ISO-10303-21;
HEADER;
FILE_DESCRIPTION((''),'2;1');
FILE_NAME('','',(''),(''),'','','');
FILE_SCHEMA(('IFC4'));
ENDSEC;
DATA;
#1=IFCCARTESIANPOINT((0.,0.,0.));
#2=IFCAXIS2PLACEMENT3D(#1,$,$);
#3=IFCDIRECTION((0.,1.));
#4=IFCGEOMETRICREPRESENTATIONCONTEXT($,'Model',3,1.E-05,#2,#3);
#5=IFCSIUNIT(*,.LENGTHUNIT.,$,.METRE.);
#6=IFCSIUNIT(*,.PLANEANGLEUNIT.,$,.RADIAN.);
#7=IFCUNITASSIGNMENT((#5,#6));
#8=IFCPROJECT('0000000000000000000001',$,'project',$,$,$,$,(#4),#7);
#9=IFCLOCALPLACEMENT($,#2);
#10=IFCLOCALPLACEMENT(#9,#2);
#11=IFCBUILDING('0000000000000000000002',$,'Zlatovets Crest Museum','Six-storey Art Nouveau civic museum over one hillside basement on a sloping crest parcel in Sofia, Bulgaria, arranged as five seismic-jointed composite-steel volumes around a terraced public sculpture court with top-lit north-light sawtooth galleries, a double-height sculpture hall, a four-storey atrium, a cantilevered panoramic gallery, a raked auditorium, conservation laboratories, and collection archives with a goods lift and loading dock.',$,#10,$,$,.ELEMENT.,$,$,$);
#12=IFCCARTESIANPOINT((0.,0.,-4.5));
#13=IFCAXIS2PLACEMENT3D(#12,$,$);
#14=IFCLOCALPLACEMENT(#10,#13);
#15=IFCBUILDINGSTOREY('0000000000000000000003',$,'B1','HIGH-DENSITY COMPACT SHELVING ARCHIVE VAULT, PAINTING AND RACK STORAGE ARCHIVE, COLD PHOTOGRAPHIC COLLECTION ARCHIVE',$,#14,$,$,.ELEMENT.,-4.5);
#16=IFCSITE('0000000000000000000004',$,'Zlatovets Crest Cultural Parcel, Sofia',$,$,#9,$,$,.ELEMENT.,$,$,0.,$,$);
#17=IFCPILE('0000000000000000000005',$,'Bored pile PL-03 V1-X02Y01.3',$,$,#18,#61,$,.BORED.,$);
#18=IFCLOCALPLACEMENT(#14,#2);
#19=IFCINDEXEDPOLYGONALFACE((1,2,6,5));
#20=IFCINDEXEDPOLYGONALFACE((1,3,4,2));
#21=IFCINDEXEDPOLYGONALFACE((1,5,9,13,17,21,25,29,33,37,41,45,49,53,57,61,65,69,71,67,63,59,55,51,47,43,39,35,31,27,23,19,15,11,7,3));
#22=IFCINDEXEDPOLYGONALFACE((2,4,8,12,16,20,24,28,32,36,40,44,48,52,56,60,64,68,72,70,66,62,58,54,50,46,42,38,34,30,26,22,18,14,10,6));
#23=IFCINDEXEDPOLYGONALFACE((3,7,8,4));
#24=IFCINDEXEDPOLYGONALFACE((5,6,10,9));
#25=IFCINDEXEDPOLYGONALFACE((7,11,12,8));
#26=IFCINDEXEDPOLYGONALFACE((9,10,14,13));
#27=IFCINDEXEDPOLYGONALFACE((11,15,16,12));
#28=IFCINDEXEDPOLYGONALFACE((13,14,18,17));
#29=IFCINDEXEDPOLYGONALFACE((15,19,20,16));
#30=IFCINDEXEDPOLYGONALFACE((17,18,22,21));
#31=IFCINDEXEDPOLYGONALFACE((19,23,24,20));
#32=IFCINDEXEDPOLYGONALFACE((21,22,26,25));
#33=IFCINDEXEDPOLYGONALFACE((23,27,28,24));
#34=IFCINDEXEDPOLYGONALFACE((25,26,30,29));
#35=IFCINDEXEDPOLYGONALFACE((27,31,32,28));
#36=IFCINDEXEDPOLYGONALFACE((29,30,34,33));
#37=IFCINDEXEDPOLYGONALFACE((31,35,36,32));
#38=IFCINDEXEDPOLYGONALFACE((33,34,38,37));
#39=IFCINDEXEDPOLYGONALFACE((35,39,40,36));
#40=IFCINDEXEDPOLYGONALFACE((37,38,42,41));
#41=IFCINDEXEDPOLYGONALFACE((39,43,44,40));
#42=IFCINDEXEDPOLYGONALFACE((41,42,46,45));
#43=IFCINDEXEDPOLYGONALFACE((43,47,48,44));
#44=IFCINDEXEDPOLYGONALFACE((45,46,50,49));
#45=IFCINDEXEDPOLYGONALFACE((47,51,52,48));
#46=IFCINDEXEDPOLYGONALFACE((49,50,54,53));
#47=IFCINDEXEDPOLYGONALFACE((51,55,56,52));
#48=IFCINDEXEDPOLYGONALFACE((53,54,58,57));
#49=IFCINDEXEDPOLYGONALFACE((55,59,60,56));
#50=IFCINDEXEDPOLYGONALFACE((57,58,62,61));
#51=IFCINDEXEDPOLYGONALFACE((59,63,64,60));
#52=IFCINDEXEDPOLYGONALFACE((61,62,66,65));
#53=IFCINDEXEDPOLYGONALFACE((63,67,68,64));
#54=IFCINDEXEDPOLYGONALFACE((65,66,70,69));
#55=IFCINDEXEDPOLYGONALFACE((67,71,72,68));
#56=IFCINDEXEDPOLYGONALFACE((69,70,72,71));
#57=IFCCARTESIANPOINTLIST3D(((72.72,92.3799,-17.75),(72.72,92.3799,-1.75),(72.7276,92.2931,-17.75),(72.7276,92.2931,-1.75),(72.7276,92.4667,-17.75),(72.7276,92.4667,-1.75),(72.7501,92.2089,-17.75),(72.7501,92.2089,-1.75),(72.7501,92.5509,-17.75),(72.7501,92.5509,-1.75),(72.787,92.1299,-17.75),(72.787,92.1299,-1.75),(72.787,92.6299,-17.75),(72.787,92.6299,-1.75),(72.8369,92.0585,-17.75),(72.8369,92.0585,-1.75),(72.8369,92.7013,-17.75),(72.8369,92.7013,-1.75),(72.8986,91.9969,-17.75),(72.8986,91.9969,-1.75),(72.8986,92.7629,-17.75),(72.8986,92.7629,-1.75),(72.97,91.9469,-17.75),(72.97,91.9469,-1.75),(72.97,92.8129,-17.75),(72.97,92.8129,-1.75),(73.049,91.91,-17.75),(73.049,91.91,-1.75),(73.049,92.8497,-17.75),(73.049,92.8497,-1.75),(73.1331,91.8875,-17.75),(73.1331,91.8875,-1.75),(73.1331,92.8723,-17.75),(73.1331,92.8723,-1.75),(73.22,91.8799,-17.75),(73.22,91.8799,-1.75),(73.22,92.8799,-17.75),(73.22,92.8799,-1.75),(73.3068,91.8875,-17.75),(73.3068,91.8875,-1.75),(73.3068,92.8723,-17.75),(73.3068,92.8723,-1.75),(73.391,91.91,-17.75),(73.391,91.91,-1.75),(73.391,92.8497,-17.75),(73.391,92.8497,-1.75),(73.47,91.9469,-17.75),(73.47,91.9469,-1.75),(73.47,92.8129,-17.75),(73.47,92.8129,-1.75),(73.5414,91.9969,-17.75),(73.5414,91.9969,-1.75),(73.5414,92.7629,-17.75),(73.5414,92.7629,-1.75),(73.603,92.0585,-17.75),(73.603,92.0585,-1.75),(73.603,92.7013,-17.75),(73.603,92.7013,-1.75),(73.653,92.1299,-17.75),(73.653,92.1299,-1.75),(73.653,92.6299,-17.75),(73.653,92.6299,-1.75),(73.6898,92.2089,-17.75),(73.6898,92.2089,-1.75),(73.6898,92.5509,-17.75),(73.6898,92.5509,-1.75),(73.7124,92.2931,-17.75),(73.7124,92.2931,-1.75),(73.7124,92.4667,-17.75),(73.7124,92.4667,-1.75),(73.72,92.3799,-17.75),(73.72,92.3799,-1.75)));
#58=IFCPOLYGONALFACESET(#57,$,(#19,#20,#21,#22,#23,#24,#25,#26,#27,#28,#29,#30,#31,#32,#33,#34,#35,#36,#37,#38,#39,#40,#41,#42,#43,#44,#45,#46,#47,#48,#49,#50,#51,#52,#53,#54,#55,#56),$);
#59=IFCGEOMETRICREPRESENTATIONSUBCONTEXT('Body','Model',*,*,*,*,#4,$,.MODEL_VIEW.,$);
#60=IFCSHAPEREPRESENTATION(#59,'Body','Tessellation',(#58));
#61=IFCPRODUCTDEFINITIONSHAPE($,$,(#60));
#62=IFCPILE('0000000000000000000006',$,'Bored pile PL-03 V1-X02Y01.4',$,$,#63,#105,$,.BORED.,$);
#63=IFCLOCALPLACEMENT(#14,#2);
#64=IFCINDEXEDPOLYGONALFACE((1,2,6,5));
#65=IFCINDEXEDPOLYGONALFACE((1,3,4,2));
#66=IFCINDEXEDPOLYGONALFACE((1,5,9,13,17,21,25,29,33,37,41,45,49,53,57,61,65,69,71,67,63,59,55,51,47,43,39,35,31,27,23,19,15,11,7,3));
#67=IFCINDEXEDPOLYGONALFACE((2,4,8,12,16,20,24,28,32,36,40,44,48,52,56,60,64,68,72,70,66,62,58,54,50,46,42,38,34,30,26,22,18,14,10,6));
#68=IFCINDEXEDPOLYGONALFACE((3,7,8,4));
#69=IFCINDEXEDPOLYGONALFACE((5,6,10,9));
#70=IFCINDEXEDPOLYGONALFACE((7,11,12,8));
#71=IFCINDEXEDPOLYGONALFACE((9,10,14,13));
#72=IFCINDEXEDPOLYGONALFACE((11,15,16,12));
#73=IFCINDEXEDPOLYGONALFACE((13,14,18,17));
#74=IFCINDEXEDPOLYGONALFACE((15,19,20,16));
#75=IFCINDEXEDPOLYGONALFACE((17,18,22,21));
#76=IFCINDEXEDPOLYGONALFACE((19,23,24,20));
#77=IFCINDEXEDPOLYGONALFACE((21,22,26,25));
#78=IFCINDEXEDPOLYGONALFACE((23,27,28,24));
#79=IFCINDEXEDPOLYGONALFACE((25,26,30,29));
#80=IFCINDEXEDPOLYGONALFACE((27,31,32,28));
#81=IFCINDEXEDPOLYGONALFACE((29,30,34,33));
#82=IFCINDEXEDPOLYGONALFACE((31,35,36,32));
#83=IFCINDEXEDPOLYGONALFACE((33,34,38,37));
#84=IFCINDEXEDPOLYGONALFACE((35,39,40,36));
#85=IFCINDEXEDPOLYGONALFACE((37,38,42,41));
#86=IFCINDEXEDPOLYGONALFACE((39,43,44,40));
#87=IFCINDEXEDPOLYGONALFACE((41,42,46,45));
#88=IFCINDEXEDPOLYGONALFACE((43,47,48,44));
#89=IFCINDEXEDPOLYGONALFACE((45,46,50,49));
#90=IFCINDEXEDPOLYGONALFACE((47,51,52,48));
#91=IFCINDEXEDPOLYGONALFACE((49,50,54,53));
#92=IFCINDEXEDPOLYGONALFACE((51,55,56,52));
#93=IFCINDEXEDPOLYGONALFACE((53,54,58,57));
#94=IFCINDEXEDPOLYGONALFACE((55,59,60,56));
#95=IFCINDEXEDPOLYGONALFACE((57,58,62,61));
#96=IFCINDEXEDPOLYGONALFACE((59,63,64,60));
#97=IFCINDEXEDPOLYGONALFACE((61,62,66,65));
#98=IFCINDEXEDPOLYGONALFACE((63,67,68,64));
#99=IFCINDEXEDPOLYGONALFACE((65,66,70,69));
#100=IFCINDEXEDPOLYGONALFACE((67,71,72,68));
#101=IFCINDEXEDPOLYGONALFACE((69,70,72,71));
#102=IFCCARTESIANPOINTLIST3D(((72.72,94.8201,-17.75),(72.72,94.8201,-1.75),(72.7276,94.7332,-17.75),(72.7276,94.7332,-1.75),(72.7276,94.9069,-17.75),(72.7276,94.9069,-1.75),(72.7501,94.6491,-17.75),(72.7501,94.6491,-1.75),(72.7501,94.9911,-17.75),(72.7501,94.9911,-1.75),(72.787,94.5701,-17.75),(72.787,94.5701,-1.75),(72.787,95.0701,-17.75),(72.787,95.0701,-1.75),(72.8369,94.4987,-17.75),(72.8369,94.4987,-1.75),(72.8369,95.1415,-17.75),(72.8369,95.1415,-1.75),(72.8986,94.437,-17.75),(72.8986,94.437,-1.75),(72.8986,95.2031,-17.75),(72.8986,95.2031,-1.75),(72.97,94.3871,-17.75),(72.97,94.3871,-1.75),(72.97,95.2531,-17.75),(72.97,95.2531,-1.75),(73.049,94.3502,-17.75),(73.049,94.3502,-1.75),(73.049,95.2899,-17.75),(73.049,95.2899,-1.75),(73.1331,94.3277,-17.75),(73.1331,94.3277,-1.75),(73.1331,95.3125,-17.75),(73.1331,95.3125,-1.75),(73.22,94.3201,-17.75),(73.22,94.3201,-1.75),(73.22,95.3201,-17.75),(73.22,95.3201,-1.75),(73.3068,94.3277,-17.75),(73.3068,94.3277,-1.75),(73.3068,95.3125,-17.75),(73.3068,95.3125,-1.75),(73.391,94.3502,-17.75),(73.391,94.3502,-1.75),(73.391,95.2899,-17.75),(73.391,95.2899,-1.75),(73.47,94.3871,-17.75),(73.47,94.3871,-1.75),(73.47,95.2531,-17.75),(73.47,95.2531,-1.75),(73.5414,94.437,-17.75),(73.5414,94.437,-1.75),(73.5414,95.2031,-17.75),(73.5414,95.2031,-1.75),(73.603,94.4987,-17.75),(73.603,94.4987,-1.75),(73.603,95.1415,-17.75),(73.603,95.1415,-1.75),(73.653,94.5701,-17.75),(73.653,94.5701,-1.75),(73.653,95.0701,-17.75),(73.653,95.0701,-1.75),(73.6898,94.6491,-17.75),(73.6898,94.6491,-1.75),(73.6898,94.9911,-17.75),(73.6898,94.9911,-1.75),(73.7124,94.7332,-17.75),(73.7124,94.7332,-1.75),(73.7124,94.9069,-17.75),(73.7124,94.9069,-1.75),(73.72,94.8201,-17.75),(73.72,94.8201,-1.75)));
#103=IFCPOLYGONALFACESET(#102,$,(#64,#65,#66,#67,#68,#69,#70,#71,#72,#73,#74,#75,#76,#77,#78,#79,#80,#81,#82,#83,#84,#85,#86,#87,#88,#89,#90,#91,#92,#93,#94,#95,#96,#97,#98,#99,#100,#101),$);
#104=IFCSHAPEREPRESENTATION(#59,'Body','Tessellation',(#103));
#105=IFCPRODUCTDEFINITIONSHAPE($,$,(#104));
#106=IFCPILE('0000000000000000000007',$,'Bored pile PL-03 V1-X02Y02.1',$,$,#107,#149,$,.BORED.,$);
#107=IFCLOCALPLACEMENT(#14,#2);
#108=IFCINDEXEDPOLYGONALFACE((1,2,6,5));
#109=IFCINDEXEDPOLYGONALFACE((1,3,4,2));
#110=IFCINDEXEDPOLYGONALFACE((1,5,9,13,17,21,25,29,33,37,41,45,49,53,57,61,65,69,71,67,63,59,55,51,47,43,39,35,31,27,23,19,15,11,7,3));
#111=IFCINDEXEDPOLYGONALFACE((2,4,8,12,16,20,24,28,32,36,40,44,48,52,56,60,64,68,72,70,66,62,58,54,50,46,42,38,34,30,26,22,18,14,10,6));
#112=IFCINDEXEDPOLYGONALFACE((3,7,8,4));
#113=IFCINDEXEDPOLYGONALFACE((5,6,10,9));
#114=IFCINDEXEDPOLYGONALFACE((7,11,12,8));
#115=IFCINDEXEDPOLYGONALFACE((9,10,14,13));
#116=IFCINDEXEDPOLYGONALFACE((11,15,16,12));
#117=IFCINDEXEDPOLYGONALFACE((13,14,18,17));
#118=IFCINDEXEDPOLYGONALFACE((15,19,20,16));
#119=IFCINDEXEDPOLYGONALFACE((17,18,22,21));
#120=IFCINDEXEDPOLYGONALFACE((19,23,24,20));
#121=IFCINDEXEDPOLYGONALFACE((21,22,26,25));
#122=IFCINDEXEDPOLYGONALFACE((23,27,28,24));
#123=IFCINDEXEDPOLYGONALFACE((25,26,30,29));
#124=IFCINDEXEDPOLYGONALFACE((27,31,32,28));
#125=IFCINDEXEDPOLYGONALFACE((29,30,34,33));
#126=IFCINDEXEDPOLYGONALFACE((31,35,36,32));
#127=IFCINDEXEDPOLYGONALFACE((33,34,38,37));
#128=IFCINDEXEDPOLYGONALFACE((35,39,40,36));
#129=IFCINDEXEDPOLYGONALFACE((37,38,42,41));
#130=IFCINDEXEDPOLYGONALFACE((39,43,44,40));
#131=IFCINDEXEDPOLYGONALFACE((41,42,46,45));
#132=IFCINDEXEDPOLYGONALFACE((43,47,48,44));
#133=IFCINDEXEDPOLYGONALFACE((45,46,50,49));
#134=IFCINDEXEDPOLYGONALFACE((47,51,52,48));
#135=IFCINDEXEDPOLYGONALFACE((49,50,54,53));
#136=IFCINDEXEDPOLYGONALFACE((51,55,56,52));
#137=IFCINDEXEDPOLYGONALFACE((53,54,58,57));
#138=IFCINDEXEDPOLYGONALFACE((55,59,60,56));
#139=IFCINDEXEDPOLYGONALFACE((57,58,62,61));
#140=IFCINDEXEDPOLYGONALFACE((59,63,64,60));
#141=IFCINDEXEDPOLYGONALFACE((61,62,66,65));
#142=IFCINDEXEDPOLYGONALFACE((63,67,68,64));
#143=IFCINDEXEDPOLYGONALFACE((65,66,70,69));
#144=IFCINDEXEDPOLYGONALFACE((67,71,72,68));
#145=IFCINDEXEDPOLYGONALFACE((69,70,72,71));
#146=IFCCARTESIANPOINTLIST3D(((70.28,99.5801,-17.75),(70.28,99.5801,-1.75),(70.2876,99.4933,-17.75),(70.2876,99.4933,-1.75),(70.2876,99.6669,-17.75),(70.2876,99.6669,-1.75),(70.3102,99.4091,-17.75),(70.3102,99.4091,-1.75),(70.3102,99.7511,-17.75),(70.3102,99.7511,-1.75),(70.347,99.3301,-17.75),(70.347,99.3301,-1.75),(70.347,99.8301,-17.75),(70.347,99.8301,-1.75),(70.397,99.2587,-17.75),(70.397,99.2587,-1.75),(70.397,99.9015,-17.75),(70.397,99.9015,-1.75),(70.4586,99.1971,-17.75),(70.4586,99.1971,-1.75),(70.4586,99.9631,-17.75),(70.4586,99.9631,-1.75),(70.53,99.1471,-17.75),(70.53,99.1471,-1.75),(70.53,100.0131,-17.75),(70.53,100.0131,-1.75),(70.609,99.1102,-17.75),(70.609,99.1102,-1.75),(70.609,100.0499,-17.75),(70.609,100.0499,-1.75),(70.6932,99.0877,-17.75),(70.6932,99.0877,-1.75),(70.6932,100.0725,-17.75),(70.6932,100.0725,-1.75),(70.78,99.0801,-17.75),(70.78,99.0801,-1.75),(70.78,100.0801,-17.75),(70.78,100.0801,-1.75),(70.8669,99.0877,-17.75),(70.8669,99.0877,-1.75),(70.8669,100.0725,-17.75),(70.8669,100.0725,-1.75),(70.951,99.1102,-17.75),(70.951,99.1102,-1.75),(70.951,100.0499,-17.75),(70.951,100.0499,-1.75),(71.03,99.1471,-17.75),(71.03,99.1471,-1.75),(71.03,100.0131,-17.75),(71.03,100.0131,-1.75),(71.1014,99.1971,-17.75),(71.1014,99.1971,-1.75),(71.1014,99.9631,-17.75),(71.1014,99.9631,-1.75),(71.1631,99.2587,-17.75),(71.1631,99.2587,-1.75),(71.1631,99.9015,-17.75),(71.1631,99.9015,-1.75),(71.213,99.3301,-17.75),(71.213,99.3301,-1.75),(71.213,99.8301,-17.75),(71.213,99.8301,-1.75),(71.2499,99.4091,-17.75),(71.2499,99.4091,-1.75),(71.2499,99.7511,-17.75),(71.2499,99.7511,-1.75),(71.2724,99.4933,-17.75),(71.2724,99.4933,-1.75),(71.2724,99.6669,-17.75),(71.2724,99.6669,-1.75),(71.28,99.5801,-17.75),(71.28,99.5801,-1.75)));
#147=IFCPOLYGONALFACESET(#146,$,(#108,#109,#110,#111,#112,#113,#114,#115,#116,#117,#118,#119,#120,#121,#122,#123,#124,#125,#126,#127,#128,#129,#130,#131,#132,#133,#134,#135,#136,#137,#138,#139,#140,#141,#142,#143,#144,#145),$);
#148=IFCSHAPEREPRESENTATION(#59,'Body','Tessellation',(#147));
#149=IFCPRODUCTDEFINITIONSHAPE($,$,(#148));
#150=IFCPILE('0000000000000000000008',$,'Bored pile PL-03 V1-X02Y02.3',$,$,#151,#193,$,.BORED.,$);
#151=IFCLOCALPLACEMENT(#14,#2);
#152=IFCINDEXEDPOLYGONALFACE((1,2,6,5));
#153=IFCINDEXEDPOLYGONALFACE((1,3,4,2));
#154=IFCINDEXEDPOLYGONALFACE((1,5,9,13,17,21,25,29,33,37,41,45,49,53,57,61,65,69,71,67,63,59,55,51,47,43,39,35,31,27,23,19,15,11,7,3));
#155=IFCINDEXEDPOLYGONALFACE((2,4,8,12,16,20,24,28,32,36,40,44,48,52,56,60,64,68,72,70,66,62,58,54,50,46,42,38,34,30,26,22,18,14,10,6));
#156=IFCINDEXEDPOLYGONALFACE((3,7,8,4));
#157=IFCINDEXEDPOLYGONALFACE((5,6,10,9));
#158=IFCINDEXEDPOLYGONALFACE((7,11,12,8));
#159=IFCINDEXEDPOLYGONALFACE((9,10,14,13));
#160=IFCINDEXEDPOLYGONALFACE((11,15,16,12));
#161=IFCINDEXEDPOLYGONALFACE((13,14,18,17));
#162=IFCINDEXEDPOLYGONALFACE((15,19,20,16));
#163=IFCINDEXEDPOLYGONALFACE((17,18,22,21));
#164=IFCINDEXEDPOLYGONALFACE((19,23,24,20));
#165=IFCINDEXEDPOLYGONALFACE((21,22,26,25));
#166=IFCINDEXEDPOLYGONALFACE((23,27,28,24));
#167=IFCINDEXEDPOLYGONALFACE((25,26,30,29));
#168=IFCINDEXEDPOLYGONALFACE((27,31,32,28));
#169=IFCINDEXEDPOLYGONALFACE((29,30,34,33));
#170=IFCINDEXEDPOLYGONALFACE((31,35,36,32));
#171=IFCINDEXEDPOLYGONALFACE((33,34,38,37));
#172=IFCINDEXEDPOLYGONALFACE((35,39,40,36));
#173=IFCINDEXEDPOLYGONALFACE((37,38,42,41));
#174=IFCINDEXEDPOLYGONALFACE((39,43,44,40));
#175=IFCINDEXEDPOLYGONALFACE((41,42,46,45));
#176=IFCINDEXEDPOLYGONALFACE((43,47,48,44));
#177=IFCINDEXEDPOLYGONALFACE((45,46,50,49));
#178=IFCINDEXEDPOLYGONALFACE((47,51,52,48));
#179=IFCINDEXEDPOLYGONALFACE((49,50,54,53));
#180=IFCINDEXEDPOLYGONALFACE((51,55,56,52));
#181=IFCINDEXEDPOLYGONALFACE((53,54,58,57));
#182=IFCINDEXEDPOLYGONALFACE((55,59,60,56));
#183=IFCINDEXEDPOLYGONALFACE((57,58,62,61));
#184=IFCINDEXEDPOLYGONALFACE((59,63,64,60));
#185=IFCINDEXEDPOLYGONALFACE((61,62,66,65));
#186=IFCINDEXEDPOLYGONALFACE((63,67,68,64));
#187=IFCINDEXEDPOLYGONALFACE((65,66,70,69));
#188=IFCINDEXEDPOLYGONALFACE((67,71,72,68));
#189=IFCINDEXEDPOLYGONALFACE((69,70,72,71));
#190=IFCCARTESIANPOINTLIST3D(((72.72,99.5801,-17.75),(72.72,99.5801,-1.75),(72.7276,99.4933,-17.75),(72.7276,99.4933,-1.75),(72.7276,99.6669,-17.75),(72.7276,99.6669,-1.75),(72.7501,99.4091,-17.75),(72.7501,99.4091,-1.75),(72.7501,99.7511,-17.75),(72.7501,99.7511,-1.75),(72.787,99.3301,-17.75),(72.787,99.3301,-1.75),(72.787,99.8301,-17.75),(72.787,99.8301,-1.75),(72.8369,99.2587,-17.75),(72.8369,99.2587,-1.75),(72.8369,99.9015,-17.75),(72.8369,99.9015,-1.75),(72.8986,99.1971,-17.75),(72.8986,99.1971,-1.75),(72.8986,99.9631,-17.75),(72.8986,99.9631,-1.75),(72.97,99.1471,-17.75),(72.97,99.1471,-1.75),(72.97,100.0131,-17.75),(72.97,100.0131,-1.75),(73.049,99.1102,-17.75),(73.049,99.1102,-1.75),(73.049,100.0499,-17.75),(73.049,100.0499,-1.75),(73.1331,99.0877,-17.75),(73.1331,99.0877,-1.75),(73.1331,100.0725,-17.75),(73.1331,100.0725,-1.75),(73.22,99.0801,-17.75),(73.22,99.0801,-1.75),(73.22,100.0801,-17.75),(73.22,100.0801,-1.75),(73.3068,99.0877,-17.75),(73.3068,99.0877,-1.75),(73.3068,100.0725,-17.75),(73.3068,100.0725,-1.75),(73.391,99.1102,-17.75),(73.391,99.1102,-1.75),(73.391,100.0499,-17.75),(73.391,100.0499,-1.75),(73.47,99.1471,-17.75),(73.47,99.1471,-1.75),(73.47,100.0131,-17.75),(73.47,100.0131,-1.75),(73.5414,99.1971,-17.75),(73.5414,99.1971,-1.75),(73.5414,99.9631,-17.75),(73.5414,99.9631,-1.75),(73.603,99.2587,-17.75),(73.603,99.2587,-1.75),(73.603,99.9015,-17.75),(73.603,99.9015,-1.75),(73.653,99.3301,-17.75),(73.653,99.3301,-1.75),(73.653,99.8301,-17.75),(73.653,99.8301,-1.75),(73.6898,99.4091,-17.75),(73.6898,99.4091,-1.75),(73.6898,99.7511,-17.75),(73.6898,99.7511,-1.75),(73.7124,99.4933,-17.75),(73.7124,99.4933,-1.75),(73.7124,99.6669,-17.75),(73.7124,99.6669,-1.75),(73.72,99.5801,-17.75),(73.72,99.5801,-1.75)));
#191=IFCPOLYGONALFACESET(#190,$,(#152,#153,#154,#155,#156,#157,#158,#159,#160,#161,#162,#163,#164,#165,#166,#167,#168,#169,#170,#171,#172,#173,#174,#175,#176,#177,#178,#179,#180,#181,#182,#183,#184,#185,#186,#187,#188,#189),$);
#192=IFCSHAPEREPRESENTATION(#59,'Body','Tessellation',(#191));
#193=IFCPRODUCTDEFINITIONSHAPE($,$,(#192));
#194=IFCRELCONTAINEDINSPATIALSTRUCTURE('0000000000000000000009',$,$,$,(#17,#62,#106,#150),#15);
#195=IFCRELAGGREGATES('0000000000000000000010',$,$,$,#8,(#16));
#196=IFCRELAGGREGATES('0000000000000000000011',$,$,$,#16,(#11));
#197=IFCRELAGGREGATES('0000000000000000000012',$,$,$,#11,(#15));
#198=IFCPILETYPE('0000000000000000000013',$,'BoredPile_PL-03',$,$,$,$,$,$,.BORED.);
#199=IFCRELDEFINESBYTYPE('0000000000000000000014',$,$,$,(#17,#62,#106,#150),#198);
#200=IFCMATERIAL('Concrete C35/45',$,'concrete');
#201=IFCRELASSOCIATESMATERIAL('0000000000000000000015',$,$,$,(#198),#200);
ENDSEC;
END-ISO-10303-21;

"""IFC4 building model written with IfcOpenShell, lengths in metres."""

from ifc_helpers import new_model, si_unit, direction, frame, origin, origin_2d, place, context, subcontext, project, spatial, circle, extrude, material, material_profile, profile_set, type_object, element, save


model = new_model("IFC4")

# Units and contexts
model_context = context("Model", 3, precision=1e-05, world=origin(), true_north=direction((0.0, 1.0)))
body_context = subcontext(model_context, "Body", "Model", "MODEL_VIEW")
ifc_project = project(units=[si_unit("LENGTHUNIT", "METRE"), si_unit("PLANEANGLEUNIT", "RADIAN")], contexts=[model_context])

# Site, building, storey
site_placement = place(None, origin())
site = spatial("IfcSite", under=ifc_project, at=site_placement, Name="Zlatovets Crest Cultural Parcel, Sofia", CompositionType="ELEMENT", RefElevation=0.0)
building_placement = place(site_placement, origin())
building = spatial("IfcBuilding", under=site, at=building_placement, Name="Zlatovets Crest Museum", Description="Six-storey Art Nouveau civic museum over one hillside basement on a sloping crest parcel in Sofia, Bulgaria, arranged as five seismic-jointed composite-steel volumes around a terraced public sculpture court with top-lit north-light sawtooth galleries, a double-height sculpture hall, a four-storey atrium, a cantilevered panoramic gallery, a raked auditorium, conservation laboratories, and collection archives with a goods lift and loading dock.", CompositionType="ELEMENT")
storey_placement = place(building_placement, frame((0.0, 0.0, -4.5)))
storey = spatial("IfcBuildingStorey", under=building, at=storey_placement, Name="B1", Description="HIGH-DENSITY COMPACT SHELVING ARCHIVE VAULT, PAINTING AND RACK STORAGE ARCHIVE, COLD PHOTOGRAPHIC COLLECTION ARCHIVE", CompositionType="ELEMENT", Elevation=-4.5)

# Piles
ifc_material_1 = material(Name="Concrete C35/45", Category="concrete")
ifc_material_profile_1 = material_profile(ifc_material_1, circle(Radius=0.5, at=origin_2d()), Name="PILE D1000")
ifc_profile_set_1 = profile_set([ifc_material_profile_1], Name="Concrete C35/45")
pile_type = type_object("IfcPileType", Name="BoredPile_PL-03", PredefinedType="BORED", material=ifc_profile_set_1)
for number, where, z_axis, x_axis, name in (
    (1, (73.22, 92.3799, -1.75), (0.0, 0.0, -1.0), (1.0, 0.0, 0.0), "Bored pile PL-03 V1-X02Y01.3"),
    (2, (73.22, 94.8201, -1.75), (0.0, 0.0, -1.0), (1.0, 0.0, 0.0), "Bored pile PL-03 V1-X02Y01.4"),
    (3, (70.78, 99.5801, -1.75), (0.0, 0.0, -1.0), (1.0, 0.0, 0.0), "Bored pile PL-03 V1-X02Y02.1"),
    (4, (73.22, 99.5801, -1.75), (0.0, 0.0, -1.0), (1.0, 0.0, 0.0), "Bored pile PL-03 V1-X02Y02.3"),
):
    element("IfcPile", number, at=place(storey_placement, frame(where, z_axis=z_axis, x_axis=x_axis)), inside=storey, type_object=pile_type, Name=name, PredefinedType="BORED", context=body_context, shape_type="SweptSolid", body=[
        extrude(circle(Radius=0.5, at=origin_2d()), origin(), (0.0, 0.0, 1.0), 16.0),
    ])

save(model, "model.ifc")
